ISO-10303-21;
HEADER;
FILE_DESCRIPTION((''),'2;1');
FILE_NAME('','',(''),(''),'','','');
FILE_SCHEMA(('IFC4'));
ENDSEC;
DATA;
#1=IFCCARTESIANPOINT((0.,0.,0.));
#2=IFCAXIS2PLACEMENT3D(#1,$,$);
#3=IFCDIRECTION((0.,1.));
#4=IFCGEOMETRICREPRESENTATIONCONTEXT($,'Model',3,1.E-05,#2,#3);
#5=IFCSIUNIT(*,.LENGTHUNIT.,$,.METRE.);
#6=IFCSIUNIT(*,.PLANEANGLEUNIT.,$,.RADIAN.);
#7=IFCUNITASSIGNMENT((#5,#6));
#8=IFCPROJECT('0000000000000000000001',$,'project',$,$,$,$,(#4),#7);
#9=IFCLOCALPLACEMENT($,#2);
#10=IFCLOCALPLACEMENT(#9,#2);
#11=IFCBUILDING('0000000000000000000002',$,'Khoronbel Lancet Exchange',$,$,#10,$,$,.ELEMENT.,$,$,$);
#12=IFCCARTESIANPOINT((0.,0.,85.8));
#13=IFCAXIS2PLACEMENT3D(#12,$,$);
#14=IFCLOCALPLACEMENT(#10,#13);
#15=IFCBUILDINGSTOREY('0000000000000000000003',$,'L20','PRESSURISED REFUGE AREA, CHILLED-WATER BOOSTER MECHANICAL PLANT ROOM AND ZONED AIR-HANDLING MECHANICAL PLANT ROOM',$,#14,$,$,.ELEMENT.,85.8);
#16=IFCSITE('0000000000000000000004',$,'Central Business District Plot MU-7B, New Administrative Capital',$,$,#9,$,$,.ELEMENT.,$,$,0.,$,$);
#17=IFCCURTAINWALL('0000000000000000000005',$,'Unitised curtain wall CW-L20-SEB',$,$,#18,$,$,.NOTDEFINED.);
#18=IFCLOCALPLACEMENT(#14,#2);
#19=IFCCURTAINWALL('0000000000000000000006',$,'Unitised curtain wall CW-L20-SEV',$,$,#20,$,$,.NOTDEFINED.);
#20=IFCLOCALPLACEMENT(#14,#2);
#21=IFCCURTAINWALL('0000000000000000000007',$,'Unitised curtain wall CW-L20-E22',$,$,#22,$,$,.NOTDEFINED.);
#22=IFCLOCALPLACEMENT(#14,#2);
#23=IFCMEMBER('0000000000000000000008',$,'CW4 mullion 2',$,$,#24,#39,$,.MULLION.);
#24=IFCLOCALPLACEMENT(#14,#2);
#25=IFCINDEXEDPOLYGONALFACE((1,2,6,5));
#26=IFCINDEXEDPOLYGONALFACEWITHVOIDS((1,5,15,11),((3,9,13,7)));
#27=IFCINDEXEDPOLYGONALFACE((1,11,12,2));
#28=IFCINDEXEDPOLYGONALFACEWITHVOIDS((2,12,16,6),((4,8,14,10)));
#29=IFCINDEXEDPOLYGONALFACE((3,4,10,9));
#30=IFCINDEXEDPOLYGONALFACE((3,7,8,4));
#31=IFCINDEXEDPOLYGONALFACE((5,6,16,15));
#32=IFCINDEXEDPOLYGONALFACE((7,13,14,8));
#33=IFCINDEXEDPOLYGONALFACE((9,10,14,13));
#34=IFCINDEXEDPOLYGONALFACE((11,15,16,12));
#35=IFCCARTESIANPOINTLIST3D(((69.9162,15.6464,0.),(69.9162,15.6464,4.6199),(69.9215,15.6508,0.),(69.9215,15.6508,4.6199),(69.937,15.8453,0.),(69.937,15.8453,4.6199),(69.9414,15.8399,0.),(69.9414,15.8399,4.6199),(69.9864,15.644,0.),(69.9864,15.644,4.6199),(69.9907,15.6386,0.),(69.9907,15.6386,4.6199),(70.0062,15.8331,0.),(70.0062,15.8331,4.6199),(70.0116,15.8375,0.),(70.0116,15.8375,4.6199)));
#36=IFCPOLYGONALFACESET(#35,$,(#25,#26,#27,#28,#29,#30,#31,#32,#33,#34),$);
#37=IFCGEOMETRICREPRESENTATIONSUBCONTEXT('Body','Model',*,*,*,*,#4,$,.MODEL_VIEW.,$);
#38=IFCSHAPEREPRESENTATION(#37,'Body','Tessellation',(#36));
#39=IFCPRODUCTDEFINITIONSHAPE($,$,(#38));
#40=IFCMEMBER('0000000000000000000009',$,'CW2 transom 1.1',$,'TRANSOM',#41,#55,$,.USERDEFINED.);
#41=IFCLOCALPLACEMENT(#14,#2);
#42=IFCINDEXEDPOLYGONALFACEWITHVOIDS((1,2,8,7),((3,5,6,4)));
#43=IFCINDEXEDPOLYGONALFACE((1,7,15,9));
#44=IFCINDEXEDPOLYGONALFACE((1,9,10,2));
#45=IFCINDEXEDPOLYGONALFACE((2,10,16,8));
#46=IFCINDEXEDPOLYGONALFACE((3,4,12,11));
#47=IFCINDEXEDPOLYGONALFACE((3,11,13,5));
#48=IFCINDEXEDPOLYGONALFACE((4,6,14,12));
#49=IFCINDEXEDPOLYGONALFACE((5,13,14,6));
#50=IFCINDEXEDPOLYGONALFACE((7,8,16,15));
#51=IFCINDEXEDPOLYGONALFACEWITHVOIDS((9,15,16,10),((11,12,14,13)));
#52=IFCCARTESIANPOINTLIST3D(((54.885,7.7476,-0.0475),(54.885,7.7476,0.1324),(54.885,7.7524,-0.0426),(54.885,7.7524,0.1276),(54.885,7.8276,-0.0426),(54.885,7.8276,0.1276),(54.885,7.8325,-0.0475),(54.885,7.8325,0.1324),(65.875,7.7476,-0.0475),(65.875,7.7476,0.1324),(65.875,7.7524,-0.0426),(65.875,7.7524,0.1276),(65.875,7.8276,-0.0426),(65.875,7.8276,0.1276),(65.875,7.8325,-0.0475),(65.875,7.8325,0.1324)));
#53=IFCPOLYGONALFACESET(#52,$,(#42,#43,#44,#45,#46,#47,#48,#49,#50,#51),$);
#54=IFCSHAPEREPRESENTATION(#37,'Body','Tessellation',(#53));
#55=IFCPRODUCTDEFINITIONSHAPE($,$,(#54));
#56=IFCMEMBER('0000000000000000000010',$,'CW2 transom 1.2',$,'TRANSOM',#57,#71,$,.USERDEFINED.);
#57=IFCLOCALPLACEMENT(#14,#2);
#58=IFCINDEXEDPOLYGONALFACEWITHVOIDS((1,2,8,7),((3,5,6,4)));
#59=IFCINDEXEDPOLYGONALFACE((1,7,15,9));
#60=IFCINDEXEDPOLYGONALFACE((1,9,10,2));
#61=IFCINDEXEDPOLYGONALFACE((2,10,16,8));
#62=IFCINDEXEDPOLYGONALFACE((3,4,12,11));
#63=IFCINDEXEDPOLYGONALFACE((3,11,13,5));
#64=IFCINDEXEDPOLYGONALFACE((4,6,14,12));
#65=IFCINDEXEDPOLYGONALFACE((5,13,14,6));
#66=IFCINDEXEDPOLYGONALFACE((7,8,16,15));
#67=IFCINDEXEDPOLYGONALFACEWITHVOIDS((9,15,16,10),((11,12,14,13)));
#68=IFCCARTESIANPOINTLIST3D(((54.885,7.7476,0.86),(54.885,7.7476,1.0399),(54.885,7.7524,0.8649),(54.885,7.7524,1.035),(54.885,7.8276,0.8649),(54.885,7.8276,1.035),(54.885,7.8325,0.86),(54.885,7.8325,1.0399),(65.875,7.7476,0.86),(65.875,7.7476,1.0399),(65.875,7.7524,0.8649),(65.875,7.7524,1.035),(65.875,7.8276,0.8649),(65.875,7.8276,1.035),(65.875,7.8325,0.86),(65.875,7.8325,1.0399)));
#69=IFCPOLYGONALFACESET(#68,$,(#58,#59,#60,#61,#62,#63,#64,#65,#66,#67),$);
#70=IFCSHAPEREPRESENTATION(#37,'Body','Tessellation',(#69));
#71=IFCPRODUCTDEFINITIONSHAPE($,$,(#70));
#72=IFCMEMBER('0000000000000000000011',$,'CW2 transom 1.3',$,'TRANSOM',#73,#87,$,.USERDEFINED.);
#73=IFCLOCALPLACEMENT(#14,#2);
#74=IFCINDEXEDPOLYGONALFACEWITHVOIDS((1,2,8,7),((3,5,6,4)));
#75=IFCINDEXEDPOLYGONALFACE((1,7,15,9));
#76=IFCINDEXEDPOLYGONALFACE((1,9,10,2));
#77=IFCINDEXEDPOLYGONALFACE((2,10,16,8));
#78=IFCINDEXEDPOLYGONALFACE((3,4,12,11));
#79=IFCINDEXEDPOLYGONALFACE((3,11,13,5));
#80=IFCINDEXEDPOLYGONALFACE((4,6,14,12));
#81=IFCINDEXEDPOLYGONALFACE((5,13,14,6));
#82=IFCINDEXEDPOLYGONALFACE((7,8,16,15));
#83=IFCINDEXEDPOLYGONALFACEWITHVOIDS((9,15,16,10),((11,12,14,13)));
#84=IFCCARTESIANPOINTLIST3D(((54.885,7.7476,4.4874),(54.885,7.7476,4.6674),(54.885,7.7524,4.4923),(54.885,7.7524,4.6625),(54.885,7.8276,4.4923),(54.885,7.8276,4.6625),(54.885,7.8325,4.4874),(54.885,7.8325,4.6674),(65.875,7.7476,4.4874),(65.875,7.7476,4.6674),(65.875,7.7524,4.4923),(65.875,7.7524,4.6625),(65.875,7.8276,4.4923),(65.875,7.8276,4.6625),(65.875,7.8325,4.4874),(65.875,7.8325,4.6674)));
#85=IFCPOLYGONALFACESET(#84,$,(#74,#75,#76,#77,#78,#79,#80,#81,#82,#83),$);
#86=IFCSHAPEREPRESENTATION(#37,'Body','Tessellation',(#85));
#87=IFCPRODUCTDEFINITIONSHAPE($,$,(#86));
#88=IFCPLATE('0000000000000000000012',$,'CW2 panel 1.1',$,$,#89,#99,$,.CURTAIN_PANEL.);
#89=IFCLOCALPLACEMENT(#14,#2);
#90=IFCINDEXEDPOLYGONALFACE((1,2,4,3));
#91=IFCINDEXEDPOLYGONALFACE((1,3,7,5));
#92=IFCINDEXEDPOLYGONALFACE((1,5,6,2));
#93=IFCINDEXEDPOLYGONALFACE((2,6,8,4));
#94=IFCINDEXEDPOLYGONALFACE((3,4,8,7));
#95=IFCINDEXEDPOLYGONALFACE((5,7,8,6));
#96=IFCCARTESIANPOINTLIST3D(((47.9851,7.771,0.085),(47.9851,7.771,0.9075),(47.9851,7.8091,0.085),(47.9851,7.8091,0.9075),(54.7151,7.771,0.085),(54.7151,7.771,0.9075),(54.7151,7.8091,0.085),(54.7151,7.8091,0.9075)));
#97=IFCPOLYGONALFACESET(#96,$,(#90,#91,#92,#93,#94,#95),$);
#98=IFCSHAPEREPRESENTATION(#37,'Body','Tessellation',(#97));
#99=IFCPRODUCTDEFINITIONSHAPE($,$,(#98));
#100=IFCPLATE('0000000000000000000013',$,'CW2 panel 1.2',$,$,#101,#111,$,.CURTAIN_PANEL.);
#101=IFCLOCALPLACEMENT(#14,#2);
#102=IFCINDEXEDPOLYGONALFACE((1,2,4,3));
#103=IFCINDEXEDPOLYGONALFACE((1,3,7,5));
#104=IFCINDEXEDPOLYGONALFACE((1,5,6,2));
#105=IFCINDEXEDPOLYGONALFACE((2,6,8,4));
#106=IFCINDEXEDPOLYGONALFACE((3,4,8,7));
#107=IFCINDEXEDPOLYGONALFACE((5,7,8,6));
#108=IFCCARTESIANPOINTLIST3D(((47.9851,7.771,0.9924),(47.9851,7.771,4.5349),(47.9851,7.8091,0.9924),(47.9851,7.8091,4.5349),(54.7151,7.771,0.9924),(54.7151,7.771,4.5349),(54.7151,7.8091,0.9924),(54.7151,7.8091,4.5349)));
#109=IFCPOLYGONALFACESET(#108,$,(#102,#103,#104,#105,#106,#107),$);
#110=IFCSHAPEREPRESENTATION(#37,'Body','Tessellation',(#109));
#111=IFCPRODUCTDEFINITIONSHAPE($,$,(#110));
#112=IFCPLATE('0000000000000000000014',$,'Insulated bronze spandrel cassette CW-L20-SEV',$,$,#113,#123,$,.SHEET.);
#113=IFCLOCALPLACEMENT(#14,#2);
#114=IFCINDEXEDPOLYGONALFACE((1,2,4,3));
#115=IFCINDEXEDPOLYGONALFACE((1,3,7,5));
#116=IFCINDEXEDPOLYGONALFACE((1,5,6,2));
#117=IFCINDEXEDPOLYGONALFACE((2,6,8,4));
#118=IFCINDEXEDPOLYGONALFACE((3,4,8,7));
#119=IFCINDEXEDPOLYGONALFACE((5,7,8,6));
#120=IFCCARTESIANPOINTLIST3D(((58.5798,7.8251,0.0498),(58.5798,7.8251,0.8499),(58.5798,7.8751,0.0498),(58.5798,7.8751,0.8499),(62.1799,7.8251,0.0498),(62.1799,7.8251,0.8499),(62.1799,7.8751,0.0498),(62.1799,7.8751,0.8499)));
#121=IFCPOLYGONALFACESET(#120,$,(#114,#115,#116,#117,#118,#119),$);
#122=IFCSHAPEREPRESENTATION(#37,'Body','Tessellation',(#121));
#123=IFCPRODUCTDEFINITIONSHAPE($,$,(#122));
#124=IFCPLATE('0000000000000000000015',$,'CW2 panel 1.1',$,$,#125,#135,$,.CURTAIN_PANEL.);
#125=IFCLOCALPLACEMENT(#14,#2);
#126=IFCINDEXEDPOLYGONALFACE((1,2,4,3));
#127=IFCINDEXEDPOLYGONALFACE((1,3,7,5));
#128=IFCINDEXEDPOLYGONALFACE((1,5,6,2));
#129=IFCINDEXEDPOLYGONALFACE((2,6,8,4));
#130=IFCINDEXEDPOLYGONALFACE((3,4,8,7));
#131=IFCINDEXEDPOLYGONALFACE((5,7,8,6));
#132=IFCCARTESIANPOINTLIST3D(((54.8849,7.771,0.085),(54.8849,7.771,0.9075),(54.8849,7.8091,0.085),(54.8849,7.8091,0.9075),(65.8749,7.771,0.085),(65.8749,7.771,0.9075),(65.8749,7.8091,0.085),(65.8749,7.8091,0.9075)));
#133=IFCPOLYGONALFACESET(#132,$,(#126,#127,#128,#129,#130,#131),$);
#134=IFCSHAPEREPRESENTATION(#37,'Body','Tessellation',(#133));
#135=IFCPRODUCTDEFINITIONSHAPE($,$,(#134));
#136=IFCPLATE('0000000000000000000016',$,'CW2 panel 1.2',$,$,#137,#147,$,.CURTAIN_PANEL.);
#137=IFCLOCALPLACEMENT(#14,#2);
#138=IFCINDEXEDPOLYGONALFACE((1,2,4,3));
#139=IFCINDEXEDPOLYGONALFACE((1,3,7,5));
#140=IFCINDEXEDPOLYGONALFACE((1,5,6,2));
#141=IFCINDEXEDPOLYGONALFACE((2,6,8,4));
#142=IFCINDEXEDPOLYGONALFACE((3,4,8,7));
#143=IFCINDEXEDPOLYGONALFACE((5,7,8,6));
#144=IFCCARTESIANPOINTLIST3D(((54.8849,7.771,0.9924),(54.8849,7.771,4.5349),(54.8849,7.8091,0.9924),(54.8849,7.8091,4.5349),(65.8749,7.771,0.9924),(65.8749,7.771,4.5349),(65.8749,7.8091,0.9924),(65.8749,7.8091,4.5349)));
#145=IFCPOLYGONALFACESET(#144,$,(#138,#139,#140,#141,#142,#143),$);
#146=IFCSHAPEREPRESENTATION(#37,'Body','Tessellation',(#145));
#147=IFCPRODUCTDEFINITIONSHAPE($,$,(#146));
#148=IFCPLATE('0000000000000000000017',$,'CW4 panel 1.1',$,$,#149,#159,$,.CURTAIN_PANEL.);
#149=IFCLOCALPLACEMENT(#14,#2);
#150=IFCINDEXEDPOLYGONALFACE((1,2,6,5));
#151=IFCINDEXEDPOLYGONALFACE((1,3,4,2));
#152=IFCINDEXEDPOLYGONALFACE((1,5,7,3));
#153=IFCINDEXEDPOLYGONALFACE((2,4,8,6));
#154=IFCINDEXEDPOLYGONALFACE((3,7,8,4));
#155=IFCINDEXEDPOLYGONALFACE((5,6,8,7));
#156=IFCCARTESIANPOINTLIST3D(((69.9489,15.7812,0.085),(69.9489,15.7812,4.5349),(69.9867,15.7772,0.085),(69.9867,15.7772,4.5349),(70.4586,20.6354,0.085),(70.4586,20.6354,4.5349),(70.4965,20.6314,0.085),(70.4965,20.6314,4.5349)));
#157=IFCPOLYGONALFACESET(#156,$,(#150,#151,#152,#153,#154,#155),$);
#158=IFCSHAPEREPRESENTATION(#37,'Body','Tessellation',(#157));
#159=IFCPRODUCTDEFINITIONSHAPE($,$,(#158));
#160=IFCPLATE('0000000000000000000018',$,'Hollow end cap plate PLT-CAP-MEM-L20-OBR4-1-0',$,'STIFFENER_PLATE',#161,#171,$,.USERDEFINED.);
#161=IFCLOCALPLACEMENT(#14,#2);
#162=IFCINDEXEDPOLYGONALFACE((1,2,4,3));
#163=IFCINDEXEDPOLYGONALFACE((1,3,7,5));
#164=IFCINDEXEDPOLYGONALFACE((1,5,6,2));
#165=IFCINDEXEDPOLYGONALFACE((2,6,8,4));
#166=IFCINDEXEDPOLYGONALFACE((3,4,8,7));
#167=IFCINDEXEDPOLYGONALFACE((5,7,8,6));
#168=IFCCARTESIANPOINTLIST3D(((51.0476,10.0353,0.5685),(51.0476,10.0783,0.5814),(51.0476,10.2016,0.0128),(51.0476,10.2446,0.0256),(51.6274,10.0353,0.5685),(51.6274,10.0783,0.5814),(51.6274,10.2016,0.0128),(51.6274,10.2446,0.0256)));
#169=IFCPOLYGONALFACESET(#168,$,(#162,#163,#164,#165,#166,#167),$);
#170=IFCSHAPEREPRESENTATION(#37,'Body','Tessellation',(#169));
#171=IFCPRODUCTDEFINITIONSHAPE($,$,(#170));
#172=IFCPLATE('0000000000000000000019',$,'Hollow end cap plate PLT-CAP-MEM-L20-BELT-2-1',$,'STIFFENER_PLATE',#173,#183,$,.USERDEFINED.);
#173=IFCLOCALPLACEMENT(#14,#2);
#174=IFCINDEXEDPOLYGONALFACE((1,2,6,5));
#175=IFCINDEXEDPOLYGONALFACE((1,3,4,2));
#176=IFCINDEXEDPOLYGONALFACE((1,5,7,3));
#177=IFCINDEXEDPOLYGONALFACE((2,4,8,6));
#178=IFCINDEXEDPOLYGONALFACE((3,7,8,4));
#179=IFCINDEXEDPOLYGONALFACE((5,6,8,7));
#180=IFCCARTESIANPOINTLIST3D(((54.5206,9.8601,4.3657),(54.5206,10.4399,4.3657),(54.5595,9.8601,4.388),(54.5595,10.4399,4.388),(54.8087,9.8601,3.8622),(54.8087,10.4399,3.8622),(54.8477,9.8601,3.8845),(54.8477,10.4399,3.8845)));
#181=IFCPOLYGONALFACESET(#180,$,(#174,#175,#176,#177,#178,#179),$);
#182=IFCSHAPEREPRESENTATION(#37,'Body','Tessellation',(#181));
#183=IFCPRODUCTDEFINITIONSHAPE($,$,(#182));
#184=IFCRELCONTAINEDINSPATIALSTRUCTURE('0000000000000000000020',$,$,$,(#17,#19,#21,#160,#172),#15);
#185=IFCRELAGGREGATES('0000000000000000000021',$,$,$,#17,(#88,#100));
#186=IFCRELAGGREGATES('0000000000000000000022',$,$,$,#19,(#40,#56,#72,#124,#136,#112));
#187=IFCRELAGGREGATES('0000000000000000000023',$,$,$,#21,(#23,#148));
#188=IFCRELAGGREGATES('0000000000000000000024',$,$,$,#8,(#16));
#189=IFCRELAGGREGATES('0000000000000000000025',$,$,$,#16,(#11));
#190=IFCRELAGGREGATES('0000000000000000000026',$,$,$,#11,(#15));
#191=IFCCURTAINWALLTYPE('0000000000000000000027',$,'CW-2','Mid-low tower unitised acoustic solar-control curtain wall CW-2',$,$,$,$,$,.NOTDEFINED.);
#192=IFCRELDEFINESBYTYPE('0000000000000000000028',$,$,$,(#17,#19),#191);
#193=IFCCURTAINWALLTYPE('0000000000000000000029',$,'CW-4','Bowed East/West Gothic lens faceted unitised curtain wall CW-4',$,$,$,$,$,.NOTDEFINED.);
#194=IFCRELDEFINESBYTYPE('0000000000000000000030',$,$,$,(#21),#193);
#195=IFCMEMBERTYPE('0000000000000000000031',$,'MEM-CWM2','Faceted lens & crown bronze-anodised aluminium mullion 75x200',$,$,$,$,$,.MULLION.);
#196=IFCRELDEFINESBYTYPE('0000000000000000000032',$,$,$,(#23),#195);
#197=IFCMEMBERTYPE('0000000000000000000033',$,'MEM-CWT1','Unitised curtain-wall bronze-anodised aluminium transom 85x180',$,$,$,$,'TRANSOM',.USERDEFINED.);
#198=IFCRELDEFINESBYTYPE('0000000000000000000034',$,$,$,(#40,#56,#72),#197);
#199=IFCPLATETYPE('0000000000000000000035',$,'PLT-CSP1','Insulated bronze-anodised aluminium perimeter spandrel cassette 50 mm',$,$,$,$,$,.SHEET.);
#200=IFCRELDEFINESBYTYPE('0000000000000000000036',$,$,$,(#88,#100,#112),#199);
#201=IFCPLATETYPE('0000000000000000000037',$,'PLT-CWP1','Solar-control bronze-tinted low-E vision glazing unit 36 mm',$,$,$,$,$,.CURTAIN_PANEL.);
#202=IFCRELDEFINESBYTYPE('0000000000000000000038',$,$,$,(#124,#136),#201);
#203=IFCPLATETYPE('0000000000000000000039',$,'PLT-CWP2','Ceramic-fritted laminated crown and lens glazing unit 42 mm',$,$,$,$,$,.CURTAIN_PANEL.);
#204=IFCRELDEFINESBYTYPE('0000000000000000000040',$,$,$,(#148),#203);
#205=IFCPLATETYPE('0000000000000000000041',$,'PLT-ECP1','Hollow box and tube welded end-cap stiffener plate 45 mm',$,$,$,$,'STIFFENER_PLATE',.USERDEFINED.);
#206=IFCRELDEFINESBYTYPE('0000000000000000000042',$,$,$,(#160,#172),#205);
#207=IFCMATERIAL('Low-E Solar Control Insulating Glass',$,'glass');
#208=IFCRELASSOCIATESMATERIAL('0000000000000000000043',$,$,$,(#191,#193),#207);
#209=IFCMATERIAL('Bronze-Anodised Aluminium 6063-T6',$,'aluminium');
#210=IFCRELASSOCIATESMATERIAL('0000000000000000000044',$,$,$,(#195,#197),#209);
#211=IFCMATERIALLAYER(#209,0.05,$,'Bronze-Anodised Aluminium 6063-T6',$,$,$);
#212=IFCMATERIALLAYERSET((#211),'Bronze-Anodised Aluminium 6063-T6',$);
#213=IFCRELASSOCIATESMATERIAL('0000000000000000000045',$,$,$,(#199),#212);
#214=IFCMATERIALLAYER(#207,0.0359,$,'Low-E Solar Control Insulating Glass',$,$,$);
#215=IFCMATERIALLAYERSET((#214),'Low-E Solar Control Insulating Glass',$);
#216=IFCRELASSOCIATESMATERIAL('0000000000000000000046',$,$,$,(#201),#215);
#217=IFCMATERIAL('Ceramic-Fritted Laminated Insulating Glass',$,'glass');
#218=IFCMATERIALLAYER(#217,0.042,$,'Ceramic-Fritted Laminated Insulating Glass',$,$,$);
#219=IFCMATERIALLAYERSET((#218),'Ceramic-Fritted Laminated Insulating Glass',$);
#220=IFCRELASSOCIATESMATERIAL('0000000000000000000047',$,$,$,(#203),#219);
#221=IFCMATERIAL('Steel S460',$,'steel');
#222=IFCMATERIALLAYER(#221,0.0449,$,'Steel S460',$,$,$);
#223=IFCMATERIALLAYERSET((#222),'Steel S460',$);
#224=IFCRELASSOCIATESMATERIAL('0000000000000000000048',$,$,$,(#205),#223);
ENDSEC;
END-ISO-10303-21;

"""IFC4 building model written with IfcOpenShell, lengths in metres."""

from ifc_helpers import new_model, si_unit, direction, frame, origin, origin_2d, place, context, subcontext, project, spatial, polyline, rectangle, hollow_rectangle, outline, extrude, material, layer, layer_set, material_profile, profile_set, type_object, element, aggregate, save


model = new_model("IFC4")

# Units and contexts
model_context = context("Model", 3, precision=1e-05, world=origin(), true_north=direction((0.0, 1.0)))
body_context = subcontext(model_context, "Body", "Model", "MODEL_VIEW")
ifc_project = project(units=[si_unit("LENGTHUNIT", "METRE"), si_unit("PLANEANGLEUNIT", "RADIAN")], contexts=[model_context])

# Site, building, storey
site_placement = place(None, origin())
site = spatial("IfcSite", under=ifc_project, at=site_placement, Name="Central Business District Plot MU-7B, New Administrative Capital", CompositionType="ELEMENT", RefElevation=0.0)
building_placement = place(site_placement, origin())
building = spatial("IfcBuilding", under=site, at=building_placement, Name="Khoronbel Lancet Exchange", CompositionType="ELEMENT")
storey_placement = place(building_placement, frame((0.0, 0.0, 85.8)))
storey = spatial("IfcBuildingStorey", under=building, at=storey_placement, Name="L20", Description="PRESSURISED REFUGE AREA, CHILLED-WATER BOOSTER MECHANICAL PLANT ROOM AND ZONED AIR-HANDLING MECHANICAL PLANT ROOM", CompositionType="ELEMENT", Elevation=85.8)

# Shared definitions
ifc_material_1 = material(Name="Steel S460", Category="steel")

# Curtain wall
ifc_material_2 = material(Name="Low-E Solar Control Insulating Glass", Category="glass")
curtain_wall_type_1 = type_object("IfcCurtainWallType", Name="CW-2", Description="Mid-low tower unitised acoustic solar-control curtain wall CW-2", PredefinedType="NOTDEFINED", material=ifc_material_2)
curtain_wall_1_placement = place(storey_placement, origin())
curtain_wall_1 = element("IfcCurtainWall", 1, at=curtain_wall_1_placement, inside=storey, type_object=curtain_wall_type_1, Name="Unitised curtain wall CW-L20-SEB", PredefinedType="NOTDEFINED")
ifc_material_3 = material(Name="Bronze-Anodised Aluminium 6063-T6", Category="aluminium")

# Curtain wall
curtain_wall_2_placement = place(storey_placement, origin())
curtain_wall_2 = element("IfcCurtainWall", 2, at=curtain_wall_2_placement, inside=storey, type_object=curtain_wall_type_1, Name="Unitised curtain wall CW-L20-SEV", PredefinedType="NOTDEFINED")

# Curtain wall, member
curtain_wall_type_2 = type_object("IfcCurtainWallType", Name="CW-4", Description="Bowed East/West Gothic lens faceted unitised curtain wall CW-4", PredefinedType="NOTDEFINED", material=ifc_material_2)
curtain_wall_3_placement = place(storey_placement, origin())
curtain_wall_3 = element("IfcCurtainWall", 3, at=curtain_wall_3_placement, inside=storey, type_object=curtain_wall_type_2, Name="Unitised curtain wall CW-L20-E22", PredefinedType="NOTDEFINED")
ifc_material_profile_1 = material_profile(ifc_material_3, hollow_rectangle(XDim=0.075, YDim=0.2, WallThickness=0.0049, at=origin_2d()), Name="ALU MULLION 75x200")
ifc_profile_set_1 = profile_set([ifc_material_profile_1], Name="Bronze-Anodised Aluminium 6063-T6")
member_type_1 = type_object("IfcMemberType", Name="MEM-CWM2", Description="Faceted lens & crown bronze-anodised aluminium mullion 75x200", PredefinedType="MULLION", material=ifc_profile_set_1)
member_1_placement = place(storey_placement, frame((69.9639, 15.7419, 0.0), z_axis=(0.0, 0.0, 1.0), x_axis=(0.994532, -0.104434, 0.0)))
member_1 = element("IfcMember", 4, at=member_1_placement, type_object=member_type_1, Name="CW4 mullion 2", PredefinedType="MULLION", context=body_context, shape_type="SweptSolid", body=[
    extrude(hollow_rectangle(XDim=0.075, YDim=0.2, WallThickness=0.0049, at=origin_2d()), origin(), (0.0, 0.0, 1.0), 4.6199),
])

# Members
ifc_material_profile_2 = material_profile(ifc_material_3, hollow_rectangle(XDim=0.085, YDim=0.1799, WallThickness=0.0049, at=origin_2d()), Name="ALU TRANSOM 85x180")
ifc_profile_set_2 = profile_set([ifc_material_profile_2], Name="Bronze-Anodised Aluminium 6063-T6")
member_type_2 = type_object("IfcMemberType", Name="MEM-CWT1", Description="Unitised curtain-wall bronze-anodised aluminium transom 85x180", ElementType="TRANSOM", PredefinedType="USERDEFINED", material=ifc_profile_set_2)
member_2_placement = place(storey_placement, frame((54.885, 7.79, 0.0425), z_axis=(1.0, 0.0, 0.0), x_axis=(0.0, 1.0, 0.0)))
member_2 = element("IfcMember", 5, at=member_2_placement, type_object=member_type_2, Name="CW2 transom 1.1", ObjectType="TRANSOM", PredefinedType="USERDEFINED", context=body_context, shape_type="SweptSolid", body=[
    extrude(hollow_rectangle(XDim=0.085, YDim=0.1799, WallThickness=0.0049, at=origin_2d()), origin(), (0.0, 0.0, 1.0), 10.99),
])
member_3_placement = place(storey_placement, frame((54.885, 7.79, 0.95), z_axis=(1.0, 0.0, 0.0), x_axis=(0.0, 1.0, 0.0)))
member_3 = element("IfcMember", 6, at=member_3_placement, type_object=member_type_2, Name="CW2 transom 1.2", ObjectType="TRANSOM", PredefinedType="USERDEFINED", context=body_context, shape_type="SweptSolid", body=[
    extrude(hollow_rectangle(XDim=0.085, YDim=0.1799, WallThickness=0.0049, at=origin_2d()), origin(), (0.0, 0.0, 1.0), 10.99),
])
member_4_placement = place(storey_placement, frame((54.885, 7.79, 4.5774), z_axis=(1.0, 0.0, 0.0), x_axis=(0.0, 1.0, 0.0)))
member_4 = element("IfcMember", 7, at=member_4_placement, type_object=member_type_2, Name="CW2 transom 1.3", ObjectType="TRANSOM", PredefinedType="USERDEFINED", context=body_context, shape_type="SweptSolid", body=[
    extrude(hollow_rectangle(XDim=0.085, YDim=0.1799, WallThickness=0.0049, at=origin_2d()), origin(), (0.0, 0.0, 1.0), 10.99),
])

# Plates
ifc_layer_1 = layer(ifc_material_3, 0.05, Name="Bronze-Anodised Aluminium 6063-T6")
ifc_layer_set_1 = layer_set([ifc_layer_1], Name="Bronze-Anodised Aluminium 6063-T6")
plate_type_1 = type_object("IfcPlateType", Name="PLT-CSP1", Description="Insulated bronze-anodised aluminium perimeter spandrel cassette 50 mm", PredefinedType="SHEET", material=ifc_layer_set_1)
plate_1_placement = place(storey_placement, frame((51.3501, 7.79, 0.085), z_axis=(0.0, 0.0, 1.0), x_axis=(1.0, 0.0, 0.0)))
plate_1 = element("IfcPlate", 8, at=plate_1_placement, type_object=plate_type_1, Name="CW2 panel 1.1", PredefinedType="CURTAIN_PANEL", context=body_context, shape_type="SweptSolid", body=[
    extrude(rectangle(XDim=6.73, YDim=0.0381, at=origin_2d()), origin(), (0.0, 0.0, 1.0), 0.8225),
])
plate_2_placement = place(storey_placement, frame((51.3501, 7.79, 0.9924), z_axis=(0.0, 0.0, 1.0), x_axis=(1.0, 0.0, 0.0)))
plate_2 = element("IfcPlate", 9, at=plate_2_placement, type_object=plate_type_1, Name="CW2 panel 1.2", PredefinedType="CURTAIN_PANEL", context=body_context, shape_type="SweptSolid", body=[
    extrude(rectangle(XDim=6.73, YDim=0.0381, at=origin_2d()), origin(), (0.0, 0.0, 1.0), 3.5425),
])
aggregate(curtain_wall_1, [plate_1, plate_2])
plate_3_placement = place(storey_placement, frame((60.3799, 7.8501, 0.0498), z_axis=(0.0, 0.0, 1.0), x_axis=(1.0, 0.0, 0.0)))
plate_3 = element("IfcPlate", 10, at=plate_3_placement, type_object=plate_type_1, Name="Insulated bronze spandrel cassette CW-L20-SEV", PredefinedType="SHEET", context=body_context, shape_type="SweptSolid", body=[
    extrude(rectangle(XDim=3.6001, YDim=0.05, at=origin_2d()), origin(), (0.0, 0.0, 1.0), 0.8),
])
ifc_layer_2 = layer(ifc_material_2, 0.0359, Name="Low-E Solar Control Insulating Glass")
ifc_layer_set_2 = layer_set([ifc_layer_2], Name="Low-E Solar Control Insulating Glass")
plate_type_2 = type_object("IfcPlateType", Name="PLT-CWP1", Description="Solar-control bronze-tinted low-E vision glazing unit 36 mm", PredefinedType="CURTAIN_PANEL", material=ifc_layer_set_2)
plate_4_placement = place(storey_placement, frame((60.3799, 7.79, 0.085), z_axis=(0.0, 0.0, 1.0), x_axis=(1.0, 0.0, 0.0)))
plate_4 = element("IfcPlate", 11, at=plate_4_placement, type_object=plate_type_2, Name="CW2 panel 1.1", PredefinedType="CURTAIN_PANEL", context=body_context, shape_type="SweptSolid", body=[
    extrude(rectangle(XDim=10.99, YDim=0.0381, at=origin_2d()), origin(), (0.0, 0.0, 1.0), 0.8225),
])
plate_5_placement = place(storey_placement, frame((60.3799, 7.79, 0.9924), z_axis=(0.0, 0.0, 1.0), x_axis=(1.0, 0.0, 0.0)))
plate_5 = element("IfcPlate", 12, at=plate_5_placement, type_object=plate_type_2, Name="CW2 panel 1.2", PredefinedType="CURTAIN_PANEL", context=body_context, shape_type="SweptSolid", body=[
    extrude(rectangle(XDim=10.99, YDim=0.0381, at=origin_2d()), origin(), (0.0, 0.0, 1.0), 3.5425),
])
aggregate(curtain_wall_2, [member_2, member_3, member_4, plate_4, plate_5, plate_3])
ifc_material_4 = material(Name="Ceramic-Fritted Laminated Insulating Glass", Category="glass")
ifc_layer_3 = layer(ifc_material_4, 0.042, Name="Ceramic-Fritted Laminated Insulating Glass")
ifc_layer_set_3 = layer_set([ifc_layer_3], Name="Ceramic-Fritted Laminated Insulating Glass")
plate_type_3 = type_object("IfcPlateType", Name="PLT-CWP2", Description="Ceramic-fritted laminated crown and lens glazing unit 42 mm", PredefinedType="CURTAIN_PANEL", material=ifc_layer_set_3)
plate_6_placement = place(storey_placement, frame((70.2227, 18.2063, 0.085), z_axis=(0.0, 0.0, 1.0), x_axis=(-0.104434, -0.994532, 0.0)))
plate_6 = element("IfcPlate", 13, at=plate_6_placement, type_object=plate_type_3, Name="CW4 panel 1.1", PredefinedType="CURTAIN_PANEL", context=body_context, shape_type="SweptSolid", body=[
    extrude(rectangle(XDim=4.8809, YDim=0.0381, at=origin_2d()), origin(), (0.0, 0.0, 1.0), 4.45),
])
aggregate(curtain_wall_3, [member_1, plate_6])

# Plates
ifc_layer_4 = layer(ifc_material_1, 0.0449, Name="Steel S460")
ifc_layer_set_4 = layer_set([ifc_layer_4], Name="Steel S460")
plate_type_4 = type_object("IfcPlateType", Name="PLT-ECP1", Description="Hollow box and tube welded end-cap stiffener plate 45 mm", ElementType="STIFFENER_PLATE", PredefinedType="USERDEFINED", material=ifc_layer_set_4)
for number, where, z_axis, x_axis, name in (
    (14, (51.6274, 10.2446, 0.0256), (0.0, 0.958035, 0.286653), (-1.0, 0.0, 0.0), "Hollow end cap plate PLT-CAP-MEM-L20-OBR4-1-0"),
    (15, (54.8477, 9.8601, 3.8845), (0.867932, 0.0, 0.496683), (0.0, 1.0, 0.0), "Hollow end cap plate PLT-CAP-MEM-L20-BELT-2-1"),
):
    element("IfcPlate", number, at=place(storey_placement, frame(where, z_axis=z_axis, x_axis=x_axis)), inside=storey, type_object=plate_type_4, Name=name, ObjectType="STIFFENER_PLATE", PredefinedType="USERDEFINED", context=body_context, shape_type="SweptSolid", body=[
        extrude(outline(polyline([(0.0, 0.0), (0.5798, 0.0), (0.5798, 0.5801), (0.0, 0.5801), (0.0, 0.0)])), origin(), (0.0, 0.0, -1.0), 0.0449),
    ])

save(model, "model.ifc")
